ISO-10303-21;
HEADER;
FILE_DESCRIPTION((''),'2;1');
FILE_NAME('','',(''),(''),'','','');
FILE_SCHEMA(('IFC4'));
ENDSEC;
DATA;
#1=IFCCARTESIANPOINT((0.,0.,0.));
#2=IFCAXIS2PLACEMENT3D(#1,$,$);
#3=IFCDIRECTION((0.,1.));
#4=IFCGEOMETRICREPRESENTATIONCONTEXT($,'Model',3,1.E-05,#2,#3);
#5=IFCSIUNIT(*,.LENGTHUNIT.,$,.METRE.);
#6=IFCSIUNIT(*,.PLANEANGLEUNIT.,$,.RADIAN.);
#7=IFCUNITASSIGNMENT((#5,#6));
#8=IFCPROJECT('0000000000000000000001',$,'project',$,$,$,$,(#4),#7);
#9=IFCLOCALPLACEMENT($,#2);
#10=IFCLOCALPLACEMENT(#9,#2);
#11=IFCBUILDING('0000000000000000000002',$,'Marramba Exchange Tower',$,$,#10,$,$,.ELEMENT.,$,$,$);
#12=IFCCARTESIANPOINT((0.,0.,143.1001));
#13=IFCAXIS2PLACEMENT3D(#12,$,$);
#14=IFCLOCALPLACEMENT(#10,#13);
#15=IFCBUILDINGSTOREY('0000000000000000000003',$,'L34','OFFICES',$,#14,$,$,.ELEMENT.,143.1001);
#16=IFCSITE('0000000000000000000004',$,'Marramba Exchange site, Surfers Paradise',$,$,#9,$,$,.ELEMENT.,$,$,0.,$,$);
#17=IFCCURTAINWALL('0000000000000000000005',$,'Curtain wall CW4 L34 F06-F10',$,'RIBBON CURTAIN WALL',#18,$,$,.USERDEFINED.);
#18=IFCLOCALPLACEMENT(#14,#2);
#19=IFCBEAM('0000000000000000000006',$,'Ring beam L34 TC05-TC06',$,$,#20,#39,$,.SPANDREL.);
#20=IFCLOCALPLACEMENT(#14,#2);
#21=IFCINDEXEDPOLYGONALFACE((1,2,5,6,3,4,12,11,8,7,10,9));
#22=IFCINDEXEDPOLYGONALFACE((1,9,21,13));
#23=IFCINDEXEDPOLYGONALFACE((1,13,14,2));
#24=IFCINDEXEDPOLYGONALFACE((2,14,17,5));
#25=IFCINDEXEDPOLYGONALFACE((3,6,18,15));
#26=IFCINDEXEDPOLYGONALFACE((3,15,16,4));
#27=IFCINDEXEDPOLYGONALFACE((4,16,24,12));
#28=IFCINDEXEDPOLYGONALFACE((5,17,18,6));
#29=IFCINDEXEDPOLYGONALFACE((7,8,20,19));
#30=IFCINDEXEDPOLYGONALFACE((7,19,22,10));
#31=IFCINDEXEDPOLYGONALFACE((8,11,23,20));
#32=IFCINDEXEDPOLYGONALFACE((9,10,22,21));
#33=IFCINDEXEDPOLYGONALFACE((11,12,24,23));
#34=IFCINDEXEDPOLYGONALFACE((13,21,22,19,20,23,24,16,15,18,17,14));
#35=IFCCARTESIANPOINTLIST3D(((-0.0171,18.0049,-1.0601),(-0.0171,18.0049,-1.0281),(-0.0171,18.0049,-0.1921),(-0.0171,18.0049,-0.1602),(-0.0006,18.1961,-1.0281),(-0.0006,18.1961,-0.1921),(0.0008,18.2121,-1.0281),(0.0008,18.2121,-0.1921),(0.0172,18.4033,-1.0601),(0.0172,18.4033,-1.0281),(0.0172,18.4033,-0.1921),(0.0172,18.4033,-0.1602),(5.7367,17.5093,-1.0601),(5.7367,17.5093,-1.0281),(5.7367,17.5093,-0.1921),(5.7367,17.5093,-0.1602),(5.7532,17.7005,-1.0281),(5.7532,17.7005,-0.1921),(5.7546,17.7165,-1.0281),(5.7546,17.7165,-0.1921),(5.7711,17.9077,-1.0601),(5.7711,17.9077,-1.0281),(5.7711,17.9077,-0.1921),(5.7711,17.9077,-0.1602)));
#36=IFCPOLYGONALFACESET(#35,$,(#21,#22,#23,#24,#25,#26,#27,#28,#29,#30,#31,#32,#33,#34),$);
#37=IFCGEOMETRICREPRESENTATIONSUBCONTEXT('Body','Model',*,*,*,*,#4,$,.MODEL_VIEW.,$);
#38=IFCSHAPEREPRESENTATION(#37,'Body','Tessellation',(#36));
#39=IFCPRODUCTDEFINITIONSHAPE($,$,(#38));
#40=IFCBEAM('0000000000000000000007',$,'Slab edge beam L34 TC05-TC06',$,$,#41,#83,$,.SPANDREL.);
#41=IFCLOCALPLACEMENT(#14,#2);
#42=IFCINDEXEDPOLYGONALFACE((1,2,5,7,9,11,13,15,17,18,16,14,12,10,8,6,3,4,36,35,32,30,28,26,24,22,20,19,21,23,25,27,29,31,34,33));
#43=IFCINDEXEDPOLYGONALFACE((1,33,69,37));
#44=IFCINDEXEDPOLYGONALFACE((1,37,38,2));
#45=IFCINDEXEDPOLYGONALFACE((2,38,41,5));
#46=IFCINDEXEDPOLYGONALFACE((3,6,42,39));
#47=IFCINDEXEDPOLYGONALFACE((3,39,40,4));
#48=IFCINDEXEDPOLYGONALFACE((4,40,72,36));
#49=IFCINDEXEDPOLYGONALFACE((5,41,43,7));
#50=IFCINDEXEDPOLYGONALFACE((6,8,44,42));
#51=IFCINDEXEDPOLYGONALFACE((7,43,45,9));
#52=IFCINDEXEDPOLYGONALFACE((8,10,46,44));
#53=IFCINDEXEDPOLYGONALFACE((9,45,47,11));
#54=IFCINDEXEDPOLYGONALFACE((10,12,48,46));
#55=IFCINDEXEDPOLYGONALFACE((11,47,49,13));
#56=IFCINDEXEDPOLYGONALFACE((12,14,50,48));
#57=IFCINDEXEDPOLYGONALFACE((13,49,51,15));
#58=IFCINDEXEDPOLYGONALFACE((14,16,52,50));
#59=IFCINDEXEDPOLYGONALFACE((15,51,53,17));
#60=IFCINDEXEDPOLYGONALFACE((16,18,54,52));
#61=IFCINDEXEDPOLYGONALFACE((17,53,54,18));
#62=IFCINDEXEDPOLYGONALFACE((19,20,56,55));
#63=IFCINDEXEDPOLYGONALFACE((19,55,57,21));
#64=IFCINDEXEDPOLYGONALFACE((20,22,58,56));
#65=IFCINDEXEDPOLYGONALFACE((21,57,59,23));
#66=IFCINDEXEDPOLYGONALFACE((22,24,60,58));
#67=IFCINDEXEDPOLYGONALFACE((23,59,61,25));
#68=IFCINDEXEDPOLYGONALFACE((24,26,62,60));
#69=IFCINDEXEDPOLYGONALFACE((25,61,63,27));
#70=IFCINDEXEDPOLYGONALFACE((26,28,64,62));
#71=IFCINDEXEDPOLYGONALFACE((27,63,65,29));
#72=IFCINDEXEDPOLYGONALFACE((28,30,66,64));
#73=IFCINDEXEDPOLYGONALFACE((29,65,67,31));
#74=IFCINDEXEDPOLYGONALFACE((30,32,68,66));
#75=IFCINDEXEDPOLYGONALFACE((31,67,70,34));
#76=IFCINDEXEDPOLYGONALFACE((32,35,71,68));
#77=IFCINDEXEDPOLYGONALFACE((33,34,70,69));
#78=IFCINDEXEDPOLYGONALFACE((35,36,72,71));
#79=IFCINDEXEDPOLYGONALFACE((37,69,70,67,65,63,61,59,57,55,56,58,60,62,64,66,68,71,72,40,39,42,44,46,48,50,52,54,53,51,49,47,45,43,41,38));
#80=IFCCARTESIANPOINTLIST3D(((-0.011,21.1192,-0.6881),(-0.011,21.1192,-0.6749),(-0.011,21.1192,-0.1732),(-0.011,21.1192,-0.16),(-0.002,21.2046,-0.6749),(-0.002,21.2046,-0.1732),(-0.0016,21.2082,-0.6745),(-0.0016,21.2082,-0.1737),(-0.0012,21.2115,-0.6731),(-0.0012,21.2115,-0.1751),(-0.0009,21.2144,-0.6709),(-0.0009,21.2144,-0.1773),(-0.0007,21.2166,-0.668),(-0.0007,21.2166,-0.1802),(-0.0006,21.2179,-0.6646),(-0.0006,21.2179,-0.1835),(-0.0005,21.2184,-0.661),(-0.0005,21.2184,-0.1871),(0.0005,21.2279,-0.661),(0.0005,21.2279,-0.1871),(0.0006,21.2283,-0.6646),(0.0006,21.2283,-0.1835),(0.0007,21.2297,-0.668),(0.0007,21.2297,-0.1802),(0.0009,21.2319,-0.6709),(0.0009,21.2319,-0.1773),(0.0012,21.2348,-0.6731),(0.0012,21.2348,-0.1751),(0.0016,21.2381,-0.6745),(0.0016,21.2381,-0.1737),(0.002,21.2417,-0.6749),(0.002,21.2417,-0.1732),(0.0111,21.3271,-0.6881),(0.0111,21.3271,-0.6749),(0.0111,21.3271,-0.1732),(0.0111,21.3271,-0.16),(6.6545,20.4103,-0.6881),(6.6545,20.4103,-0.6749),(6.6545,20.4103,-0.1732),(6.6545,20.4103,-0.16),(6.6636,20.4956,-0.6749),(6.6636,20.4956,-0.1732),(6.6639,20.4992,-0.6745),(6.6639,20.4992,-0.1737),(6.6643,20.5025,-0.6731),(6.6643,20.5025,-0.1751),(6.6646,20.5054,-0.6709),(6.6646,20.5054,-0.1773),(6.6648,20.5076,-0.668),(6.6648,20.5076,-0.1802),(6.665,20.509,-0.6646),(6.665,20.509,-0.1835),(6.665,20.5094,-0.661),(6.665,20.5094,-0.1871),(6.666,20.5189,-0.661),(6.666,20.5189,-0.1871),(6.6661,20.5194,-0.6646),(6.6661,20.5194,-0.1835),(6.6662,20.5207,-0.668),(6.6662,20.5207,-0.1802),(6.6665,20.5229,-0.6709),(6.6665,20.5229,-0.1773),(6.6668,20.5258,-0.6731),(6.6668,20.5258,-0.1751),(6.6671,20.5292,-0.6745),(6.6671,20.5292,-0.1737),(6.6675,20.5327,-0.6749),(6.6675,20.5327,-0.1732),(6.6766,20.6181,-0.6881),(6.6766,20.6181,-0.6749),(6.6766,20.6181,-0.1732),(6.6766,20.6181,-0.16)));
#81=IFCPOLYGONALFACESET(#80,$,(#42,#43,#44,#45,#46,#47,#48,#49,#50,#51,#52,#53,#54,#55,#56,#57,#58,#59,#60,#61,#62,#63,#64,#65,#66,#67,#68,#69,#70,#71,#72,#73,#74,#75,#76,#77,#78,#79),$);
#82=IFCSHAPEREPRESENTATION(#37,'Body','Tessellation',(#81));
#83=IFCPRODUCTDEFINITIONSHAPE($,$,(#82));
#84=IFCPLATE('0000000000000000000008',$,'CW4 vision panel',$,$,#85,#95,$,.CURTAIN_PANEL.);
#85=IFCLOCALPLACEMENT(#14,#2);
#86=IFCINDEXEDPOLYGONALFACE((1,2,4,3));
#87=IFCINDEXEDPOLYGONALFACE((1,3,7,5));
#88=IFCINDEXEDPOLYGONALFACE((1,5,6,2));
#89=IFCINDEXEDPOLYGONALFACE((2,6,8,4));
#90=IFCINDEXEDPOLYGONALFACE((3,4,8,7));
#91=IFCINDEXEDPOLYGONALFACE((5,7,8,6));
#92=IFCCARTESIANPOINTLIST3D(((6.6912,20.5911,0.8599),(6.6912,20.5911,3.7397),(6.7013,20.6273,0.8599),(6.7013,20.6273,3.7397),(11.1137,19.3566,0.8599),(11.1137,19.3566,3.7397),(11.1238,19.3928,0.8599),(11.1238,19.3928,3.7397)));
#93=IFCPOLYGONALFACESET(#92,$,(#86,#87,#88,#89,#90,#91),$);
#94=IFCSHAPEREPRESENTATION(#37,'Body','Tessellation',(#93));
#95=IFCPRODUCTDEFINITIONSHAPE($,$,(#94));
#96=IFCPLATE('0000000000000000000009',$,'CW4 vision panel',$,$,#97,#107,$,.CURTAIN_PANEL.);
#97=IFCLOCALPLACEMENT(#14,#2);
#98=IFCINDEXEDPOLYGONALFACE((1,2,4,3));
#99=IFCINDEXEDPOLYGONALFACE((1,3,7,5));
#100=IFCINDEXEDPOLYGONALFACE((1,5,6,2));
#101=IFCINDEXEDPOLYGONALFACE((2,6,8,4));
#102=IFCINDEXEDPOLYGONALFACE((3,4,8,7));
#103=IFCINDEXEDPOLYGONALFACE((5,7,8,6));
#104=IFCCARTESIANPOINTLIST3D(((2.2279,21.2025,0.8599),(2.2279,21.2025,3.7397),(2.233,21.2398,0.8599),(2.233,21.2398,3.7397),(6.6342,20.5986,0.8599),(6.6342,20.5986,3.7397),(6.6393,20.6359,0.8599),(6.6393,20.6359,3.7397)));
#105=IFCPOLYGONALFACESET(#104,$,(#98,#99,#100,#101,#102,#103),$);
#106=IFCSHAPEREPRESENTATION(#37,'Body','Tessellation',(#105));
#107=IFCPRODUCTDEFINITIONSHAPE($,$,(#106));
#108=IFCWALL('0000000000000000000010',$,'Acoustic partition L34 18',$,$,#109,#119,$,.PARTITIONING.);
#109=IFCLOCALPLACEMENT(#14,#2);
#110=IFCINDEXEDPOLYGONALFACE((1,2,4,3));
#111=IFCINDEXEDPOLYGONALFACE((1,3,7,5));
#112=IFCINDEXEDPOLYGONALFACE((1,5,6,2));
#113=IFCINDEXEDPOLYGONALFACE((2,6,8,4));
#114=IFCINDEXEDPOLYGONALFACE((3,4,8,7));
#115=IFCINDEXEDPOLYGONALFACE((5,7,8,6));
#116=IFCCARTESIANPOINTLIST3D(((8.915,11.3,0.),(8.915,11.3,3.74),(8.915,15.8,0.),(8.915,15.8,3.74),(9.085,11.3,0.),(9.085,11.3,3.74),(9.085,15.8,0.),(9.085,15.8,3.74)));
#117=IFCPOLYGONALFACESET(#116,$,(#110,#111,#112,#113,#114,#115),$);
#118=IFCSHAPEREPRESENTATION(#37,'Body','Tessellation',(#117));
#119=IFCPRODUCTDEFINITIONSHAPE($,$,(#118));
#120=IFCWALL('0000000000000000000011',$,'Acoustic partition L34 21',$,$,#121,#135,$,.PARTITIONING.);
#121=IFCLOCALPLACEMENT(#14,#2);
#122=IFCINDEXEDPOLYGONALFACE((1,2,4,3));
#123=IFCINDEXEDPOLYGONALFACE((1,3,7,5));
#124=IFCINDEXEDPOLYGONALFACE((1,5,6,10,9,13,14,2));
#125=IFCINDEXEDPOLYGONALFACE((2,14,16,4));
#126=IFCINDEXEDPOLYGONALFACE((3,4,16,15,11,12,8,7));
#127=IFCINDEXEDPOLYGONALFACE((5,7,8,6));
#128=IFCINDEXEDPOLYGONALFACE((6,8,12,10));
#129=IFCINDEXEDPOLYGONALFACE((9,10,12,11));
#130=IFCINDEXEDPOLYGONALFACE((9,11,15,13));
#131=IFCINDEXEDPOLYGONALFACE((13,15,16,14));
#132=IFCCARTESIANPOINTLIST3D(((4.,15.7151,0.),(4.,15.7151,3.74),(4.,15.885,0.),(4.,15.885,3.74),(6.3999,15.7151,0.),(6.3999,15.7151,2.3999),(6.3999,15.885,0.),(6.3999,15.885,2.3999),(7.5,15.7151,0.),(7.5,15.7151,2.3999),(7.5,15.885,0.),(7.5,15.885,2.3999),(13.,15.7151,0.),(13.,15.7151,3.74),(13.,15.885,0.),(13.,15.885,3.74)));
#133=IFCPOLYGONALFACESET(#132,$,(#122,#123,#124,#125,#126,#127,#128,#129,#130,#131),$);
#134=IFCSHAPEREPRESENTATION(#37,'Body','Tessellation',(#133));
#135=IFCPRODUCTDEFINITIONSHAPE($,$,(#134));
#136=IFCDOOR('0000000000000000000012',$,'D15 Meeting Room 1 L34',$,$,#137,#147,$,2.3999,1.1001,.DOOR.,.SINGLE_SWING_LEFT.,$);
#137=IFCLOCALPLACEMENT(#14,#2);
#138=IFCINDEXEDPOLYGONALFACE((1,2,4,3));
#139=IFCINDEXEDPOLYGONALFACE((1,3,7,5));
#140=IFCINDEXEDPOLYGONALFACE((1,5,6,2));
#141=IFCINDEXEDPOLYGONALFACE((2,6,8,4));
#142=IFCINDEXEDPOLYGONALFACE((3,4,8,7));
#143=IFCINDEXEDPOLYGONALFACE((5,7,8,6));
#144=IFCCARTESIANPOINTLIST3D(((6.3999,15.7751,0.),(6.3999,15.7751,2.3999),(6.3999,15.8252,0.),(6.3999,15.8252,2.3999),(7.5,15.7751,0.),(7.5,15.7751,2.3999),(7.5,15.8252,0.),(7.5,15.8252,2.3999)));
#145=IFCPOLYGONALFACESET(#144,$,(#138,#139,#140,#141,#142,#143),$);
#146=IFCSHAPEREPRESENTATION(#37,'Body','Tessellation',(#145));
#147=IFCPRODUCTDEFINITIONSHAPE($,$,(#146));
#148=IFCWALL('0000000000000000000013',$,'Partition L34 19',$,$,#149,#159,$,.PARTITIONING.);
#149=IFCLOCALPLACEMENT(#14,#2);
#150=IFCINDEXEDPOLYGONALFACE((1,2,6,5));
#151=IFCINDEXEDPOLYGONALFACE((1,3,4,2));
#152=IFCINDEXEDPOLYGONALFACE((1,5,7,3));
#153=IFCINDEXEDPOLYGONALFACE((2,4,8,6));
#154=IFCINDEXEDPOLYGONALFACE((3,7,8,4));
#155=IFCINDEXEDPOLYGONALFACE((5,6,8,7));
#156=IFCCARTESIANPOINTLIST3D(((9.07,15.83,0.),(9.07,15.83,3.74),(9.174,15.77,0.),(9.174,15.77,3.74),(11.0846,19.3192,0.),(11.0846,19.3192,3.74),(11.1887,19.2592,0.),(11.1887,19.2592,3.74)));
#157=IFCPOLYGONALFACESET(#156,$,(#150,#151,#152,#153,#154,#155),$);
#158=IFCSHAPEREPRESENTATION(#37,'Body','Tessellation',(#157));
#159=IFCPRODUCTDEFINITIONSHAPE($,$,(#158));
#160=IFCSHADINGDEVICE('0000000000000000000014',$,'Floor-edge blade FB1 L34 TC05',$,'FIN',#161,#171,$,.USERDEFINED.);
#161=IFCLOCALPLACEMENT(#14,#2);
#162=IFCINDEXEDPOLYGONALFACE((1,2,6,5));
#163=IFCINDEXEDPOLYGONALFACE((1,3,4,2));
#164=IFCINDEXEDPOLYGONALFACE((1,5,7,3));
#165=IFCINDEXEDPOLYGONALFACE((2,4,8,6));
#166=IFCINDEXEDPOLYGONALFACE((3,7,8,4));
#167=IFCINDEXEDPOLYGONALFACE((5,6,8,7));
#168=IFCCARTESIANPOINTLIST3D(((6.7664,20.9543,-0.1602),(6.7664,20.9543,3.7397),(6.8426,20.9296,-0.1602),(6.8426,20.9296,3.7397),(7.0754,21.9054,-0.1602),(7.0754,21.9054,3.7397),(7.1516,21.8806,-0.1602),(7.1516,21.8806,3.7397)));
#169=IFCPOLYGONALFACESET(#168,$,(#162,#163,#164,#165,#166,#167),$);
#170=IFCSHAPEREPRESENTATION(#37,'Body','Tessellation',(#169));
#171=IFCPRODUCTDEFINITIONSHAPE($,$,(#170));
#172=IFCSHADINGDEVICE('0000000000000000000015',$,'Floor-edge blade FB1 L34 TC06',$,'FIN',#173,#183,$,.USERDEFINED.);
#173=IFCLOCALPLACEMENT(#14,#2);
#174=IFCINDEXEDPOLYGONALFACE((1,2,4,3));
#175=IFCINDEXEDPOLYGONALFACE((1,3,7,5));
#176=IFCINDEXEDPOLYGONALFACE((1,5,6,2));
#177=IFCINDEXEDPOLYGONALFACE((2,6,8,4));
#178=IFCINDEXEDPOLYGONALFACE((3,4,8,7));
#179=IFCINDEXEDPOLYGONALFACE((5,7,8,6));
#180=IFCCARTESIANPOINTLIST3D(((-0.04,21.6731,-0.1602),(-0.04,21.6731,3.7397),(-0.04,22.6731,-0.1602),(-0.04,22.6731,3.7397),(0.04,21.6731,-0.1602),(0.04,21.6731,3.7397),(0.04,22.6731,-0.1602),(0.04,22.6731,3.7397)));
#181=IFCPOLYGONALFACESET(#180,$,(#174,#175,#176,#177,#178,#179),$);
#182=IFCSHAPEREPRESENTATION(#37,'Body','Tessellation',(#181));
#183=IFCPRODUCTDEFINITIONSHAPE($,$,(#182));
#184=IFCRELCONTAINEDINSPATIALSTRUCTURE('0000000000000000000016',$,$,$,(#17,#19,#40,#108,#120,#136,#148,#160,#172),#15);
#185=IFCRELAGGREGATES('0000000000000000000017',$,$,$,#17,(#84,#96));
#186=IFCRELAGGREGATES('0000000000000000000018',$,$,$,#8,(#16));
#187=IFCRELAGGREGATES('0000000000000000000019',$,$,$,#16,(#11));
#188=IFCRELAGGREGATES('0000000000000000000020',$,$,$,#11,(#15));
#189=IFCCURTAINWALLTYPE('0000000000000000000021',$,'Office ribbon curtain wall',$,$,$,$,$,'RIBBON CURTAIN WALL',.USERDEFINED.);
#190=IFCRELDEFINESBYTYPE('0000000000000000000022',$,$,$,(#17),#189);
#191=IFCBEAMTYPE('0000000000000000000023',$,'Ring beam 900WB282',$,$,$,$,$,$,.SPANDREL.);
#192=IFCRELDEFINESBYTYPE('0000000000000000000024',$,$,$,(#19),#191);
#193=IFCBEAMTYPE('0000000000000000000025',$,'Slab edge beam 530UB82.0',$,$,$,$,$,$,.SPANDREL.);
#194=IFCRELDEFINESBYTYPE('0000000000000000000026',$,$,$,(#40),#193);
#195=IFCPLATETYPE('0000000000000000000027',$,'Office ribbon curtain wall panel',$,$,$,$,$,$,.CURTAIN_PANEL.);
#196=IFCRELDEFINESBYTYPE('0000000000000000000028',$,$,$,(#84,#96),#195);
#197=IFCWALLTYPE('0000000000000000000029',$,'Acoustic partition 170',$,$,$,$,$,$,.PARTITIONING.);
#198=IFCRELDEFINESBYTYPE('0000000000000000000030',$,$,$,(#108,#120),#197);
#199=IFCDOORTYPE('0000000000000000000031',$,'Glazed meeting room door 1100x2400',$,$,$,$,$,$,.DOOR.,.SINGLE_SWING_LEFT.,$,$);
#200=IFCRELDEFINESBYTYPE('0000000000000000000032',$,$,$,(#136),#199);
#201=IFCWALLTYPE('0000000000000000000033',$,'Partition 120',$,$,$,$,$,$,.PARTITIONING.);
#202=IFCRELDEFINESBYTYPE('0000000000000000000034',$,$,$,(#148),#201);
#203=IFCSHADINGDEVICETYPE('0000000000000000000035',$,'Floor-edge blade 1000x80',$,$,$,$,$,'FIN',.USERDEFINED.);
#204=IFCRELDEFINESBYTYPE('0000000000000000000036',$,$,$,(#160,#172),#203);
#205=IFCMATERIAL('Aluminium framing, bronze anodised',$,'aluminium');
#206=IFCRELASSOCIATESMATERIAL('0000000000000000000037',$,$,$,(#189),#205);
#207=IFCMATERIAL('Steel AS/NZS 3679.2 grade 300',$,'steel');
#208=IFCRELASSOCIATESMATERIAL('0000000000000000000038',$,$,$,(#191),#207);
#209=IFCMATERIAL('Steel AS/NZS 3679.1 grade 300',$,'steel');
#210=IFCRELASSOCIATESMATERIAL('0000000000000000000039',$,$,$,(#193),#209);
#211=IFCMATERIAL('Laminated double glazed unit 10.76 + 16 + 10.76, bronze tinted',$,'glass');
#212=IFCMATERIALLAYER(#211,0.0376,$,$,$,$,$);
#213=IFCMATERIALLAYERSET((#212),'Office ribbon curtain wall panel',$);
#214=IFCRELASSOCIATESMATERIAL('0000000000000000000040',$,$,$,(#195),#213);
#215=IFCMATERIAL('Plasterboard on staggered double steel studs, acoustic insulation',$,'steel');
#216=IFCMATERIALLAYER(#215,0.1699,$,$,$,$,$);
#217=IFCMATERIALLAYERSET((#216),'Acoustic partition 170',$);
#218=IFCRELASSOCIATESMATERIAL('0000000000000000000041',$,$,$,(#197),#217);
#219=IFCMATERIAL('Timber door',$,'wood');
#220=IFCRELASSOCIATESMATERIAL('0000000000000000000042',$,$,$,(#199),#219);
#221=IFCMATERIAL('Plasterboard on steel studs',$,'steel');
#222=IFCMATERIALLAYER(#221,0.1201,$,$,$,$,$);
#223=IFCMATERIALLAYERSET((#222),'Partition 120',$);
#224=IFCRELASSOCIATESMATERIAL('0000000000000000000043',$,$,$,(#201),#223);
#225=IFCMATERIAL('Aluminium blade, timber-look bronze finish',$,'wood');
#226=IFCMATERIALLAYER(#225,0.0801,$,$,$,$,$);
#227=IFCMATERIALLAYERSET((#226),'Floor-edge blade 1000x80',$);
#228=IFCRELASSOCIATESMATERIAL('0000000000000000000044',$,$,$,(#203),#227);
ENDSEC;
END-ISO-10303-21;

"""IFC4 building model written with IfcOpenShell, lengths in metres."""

from ifc_helpers import new_model, si_unit, direction, frame, frame_2d, origin, origin_2d, place, context, subcontext, project, spatial, rectangle, i_section, extrude, material, layer, layer_set, material_profile, profile_set, type_object, element, fill, aggregate, save


model = new_model("IFC4")

# Units and contexts
model_context = context("Model", 3, precision=1e-05, world=origin(), true_north=direction((0.0, 1.0)))
body_context = subcontext(model_context, "Body", "Model", "MODEL_VIEW")
ifc_project = project(units=[si_unit("LENGTHUNIT", "METRE"), si_unit("PLANEANGLEUNIT", "RADIAN")], contexts=[model_context])

# Site, building, storey
site_placement = place(None, origin())
site = spatial("IfcSite", under=ifc_project, at=site_placement, Name="Marramba Exchange site, Surfers Paradise", CompositionType="ELEMENT", RefElevation=0.0)
building_placement = place(site_placement, origin())
building = spatial("IfcBuilding", under=site, at=building_placement, Name="Marramba Exchange Tower", CompositionType="ELEMENT")
storey_placement = place(building_placement, frame((0.0, 0.0, 143.1001)))
storey = spatial("IfcBuildingStorey", under=building, at=storey_placement, Name="L34", Description="OFFICES", CompositionType="ELEMENT", Elevation=143.1001)

# Shared definitions
ifc_material_1 = material(Name="Steel AS/NZS 3679.2 grade 300", Category="steel")

# Curtain wall
ifc_material_2 = material(Name="Aluminium framing, bronze anodised", Category="aluminium")
curtain_wall_type = type_object("IfcCurtainWallType", Name="Office ribbon curtain wall", ElementType="RIBBON CURTAIN WALL", PredefinedType="USERDEFINED", material=ifc_material_2)
curtain_wall_placement = place(storey_placement, origin())
curtain_wall = element("IfcCurtainWall", 1, at=curtain_wall_placement, inside=storey, type_object=curtain_wall_type, Name="Curtain wall CW4 L34 F06-F10", ObjectType="RIBBON CURTAIN WALL", PredefinedType="USERDEFINED")

# Beams
ifc_material_profile_1 = material_profile(ifc_material_1, i_section(OverallWidth=0.3999, OverallDepth=0.8999, WebThickness=0.0161, FlangeThickness=0.032, at=origin_2d()), Name="900WB282")
ifc_profile_set_1 = profile_set([ifc_material_profile_1], Name="Steel AS/NZS 3679.2 grade 300")
beam_type_1 = type_object("IfcBeamType", Name="Ring beam 900WB282", PredefinedType="SPANDREL", material=ifc_profile_set_1)
beam_1_placement = place(storey_placement, frame((5.7539, 17.7085, -0.6101), z_axis=(-0.996311, 0.085816, 0.0), x_axis=(-0.085816, -0.996311, 0.0)))
element("IfcBeam", 2, at=beam_1_placement, inside=storey, type_object=beam_type_1, Name="Ring beam L34 TC05-TC06", PredefinedType="SPANDREL", context=body_context, shape_type="SweptSolid", body=[
    extrude(i_section(OverallWidth=0.3999, OverallDepth=0.8999, WebThickness=0.0161, FlangeThickness=0.032, at=origin_2d()), origin(), (0.0, 0.0, 1.0), 5.7751),
])
ifc_material_3 = material(Name="Steel AS/NZS 3679.1 grade 300", Category="steel")
ifc_material_profile_2 = material_profile(ifc_material_3, i_section(OverallWidth=0.209, OverallDepth=0.5281, WebThickness=0.0095, FlangeThickness=0.0132, FilletRadius=0.0139, at=origin_2d()), Name="530UB82.0")
ifc_profile_set_2 = profile_set([ifc_material_profile_2], Name="Steel AS/NZS 3679.1 grade 300")
beam_type_2 = type_object("IfcBeamType", Name="Slab edge beam 530UB82.0", PredefinedType="SPANDREL", material=ifc_profile_set_2)
beam_2_placement = place(storey_placement, frame((6.6655, 20.5142, -0.4241), z_axis=(-0.994391, 0.105769, 0.0), x_axis=(-0.105769, -0.994391, 0.0)))
element("IfcBeam", 3, at=beam_2_placement, inside=storey, type_object=beam_type_2, Name="Slab edge beam L34 TC05-TC06", PredefinedType="SPANDREL", context=body_context, shape_type="SweptSolid", body=[
    extrude(i_section(OverallWidth=0.209, OverallDepth=0.5281, WebThickness=0.0095, FlangeThickness=0.0132, FilletRadius=0.0139, at=origin_2d()), origin(), (0.0, 0.0, 1.0), 6.7031),
])

# Plates
ifc_material_4 = material(Name="Laminated double glazed unit 10.76 + 16 + 10.76, bronze tinted", Category="glass")
ifc_layer_1 = layer(ifc_material_4, 0.0376)
ifc_layer_set_1 = layer_set([ifc_layer_1], Name="Office ribbon curtain wall panel")
plate_type = type_object("IfcPlateType", Name="Office ribbon curtain wall panel", PredefinedType="CURTAIN_PANEL", material=ifc_layer_set_1)
plate_1_placement = place(storey_placement, frame((8.9075, 19.9919, 0.8599), z_axis=(0.0, 0.0, 1.0), x_axis=(-0.963178, 0.268865, 0.0)))
plate_1 = element("IfcPlate", 4, at=plate_1_placement, type_object=plate_type, Name="CW4 vision panel", PredefinedType="CURTAIN_PANEL", context=body_context, shape_type="SweptSolid", body=[
    extrude(rectangle(XDim=4.5916, YDim=0.0376, at=origin_2d()), origin(), (0.0, 0.0, 1.0), 2.8799),
])
plate_2_placement = place(storey_placement, frame((4.4336, 20.9192, 0.8599), z_axis=(0.0, 0.0, 1.0), x_axis=(-0.990738, 0.135786, 0.0)))
plate_2 = element("IfcPlate", 5, at=plate_2_placement, type_object=plate_type, Name="CW4 vision panel", PredefinedType="CURTAIN_PANEL", context=body_context, shape_type="SweptSolid", body=[
    extrude(rectangle(XDim=4.4475, YDim=0.0376, at=origin_2d()), origin(), (0.0, 0.0, 1.0), 2.8799),
])
aggregate(curtain_wall, [plate_1, plate_2])

# Wall
ifc_material_5 = material(Name="Plasterboard on staggered double steel studs, acoustic insulation", Category="steel")
ifc_layer_2 = layer(ifc_material_5, 0.1699)
ifc_layer_set_2 = layer_set([ifc_layer_2], Name="Acoustic partition 170")
wall_type_1 = type_object("IfcWallType", Name="Acoustic partition 170", PredefinedType="PARTITIONING", material=ifc_layer_set_2)
wall_1_placement = place(storey_placement, frame((9.0, 15.8, 0.0), z_axis=(0.0, 0.0, 1.0), x_axis=(0.0, -1.0, 0.0)))
element("IfcWall", 6, at=wall_1_placement, inside=storey, type_object=wall_type_1, Name="Acoustic partition L34 18", PredefinedType="PARTITIONING", context=body_context, shape_type="SweptSolid", body=[
    extrude(rectangle(XDim=4.5, YDim=0.1699, at=frame_2d((2.25, 0.0))), origin(), (0.0, 0.0, 1.0), 3.74),
])

# Wall, opening, door
wall_2_placement = place(storey_placement, frame((13.0, 15.8, 0.0), z_axis=(0.0, 0.0, 1.0), x_axis=(-1.0, 0.0, 0.0)))
wall_2 = element("IfcWall", 7, at=wall_2_placement, inside=storey, type_object=wall_type_1, Name="Acoustic partition L34 21", PredefinedType="PARTITIONING", context=body_context, shape_type="SweptSolid", body=[
    extrude(rectangle(XDim=9.0, YDim=0.1699, at=frame_2d((4.5, 0.0))), origin(), (0.0, 0.0, 1.0), 3.74),
])
opening_placement = place(wall_2_placement, frame((5.5, 0.0, 0.0)))
opening = element("IfcOpeningElement", 8, at=opening_placement, cuts=wall_2, PredefinedType="OPENING", context=body_context, shape_type="SweptSolid", body=[
    extrude(rectangle(XDim=1.1001, YDim=2.3999, at=frame_2d((0.55, 1.2))), frame((0.0, 0.095, 0.0), z_axis=(0.0, -1.0, 0.0), x_axis=(1.0, 0.0, 0.0)), (0.0, 0.0, 1.0), 0.1899),
])
ifc_material_6 = material(Name="Timber door", Category="wood")
door_type = type_object("IfcDoorType", Name="Glazed meeting room door 1100x2400", OperationType="SINGLE_SWING_LEFT", PredefinedType="DOOR", material=ifc_material_6)
door_placement = place(opening_placement, origin())
door = element("IfcDoor", 9, at=door_placement, inside=storey, type_object=door_type, Name="D15 Meeting Room 1 L34", OperationType="SINGLE_SWING_LEFT", OverallHeight=2.3999, OverallWidth=1.1001, PredefinedType="DOOR", context=body_context, shape_type="SweptSolid", body=[
    extrude(rectangle(XDim=1.1001, YDim=2.3999, at=frame_2d((0.55, 1.2))), frame((0.0, 0.0249, 0.0), z_axis=(0.0, -1.0, 0.0), x_axis=(1.0, 0.0, 0.0)), (0.0, 0.0, 1.0), 0.05),
])
fill(opening, door)

# Wall
ifc_material_7 = material(Name="Plasterboard on steel studs", Category="steel")
ifc_layer_3 = layer(ifc_material_7, 0.1201)
ifc_layer_set_3 = layer_set([ifc_layer_3], Name="Partition 120")
wall_type_2 = type_object("IfcWallType", Name="Partition 120", PredefinedType="PARTITIONING", material=ifc_layer_set_3)
wall_3_placement = place(storey_placement, frame((11.1367, 19.2893, 0.0), z_axis=(0.0, 0.0, 1.0), x_axis=(-0.500023, -0.866012, 0.0)))
element("IfcWall", 10, at=wall_3_placement, inside=storey, type_object=wall_type_2, Name="Partition L34 19", PredefinedType="PARTITIONING", context=body_context, shape_type="SweptSolid", body=[
    extrude(rectangle(XDim=4.0291, YDim=0.1201, at=frame_2d((2.0146, 0.0))), origin(), (0.0, 0.0, 1.0), 3.74),
])

# Shading devices
ifc_material_8 = material(Name="Aluminium blade, timber-look bronze finish", Category="wood")
ifc_layer_4 = layer(ifc_material_8, 0.0801)
ifc_layer_set_4 = layer_set([ifc_layer_4], Name="Floor-edge blade 1000x80")
shading_device_type_1 = type_object("IfcShadingDeviceType", Name="Floor-edge blade 1000x80", ElementType="FIN", PredefinedType="USERDEFINED", material=ifc_layer_set_4)
for number, where, z_axis, x_axis, name in (
    (11, (6.959, 21.4175, -0.1602), (0.0, 0.0, 1.0), (0.309017, 0.951057, 0.0), "Floor-edge blade FB1 L34 TC05"),
    (12, (0.0, 22.1731, -0.1602), (0.0, 0.0, 1.0), (0.0, 1.0, 0.0), "Floor-edge blade FB1 L34 TC06"),
):
    element("IfcShadingDevice", number, at=place(storey_placement, frame(where, z_axis=z_axis, x_axis=x_axis)), inside=storey, type_object=shading_device_type_1, Name=name, ObjectType="FIN", PredefinedType="USERDEFINED", context=body_context, shape_type="SweptSolid", body=[
        extrude(rectangle(XDim=1.0, YDim=0.0801, at=origin_2d()), origin(), (0.0, 0.0, 1.0), 3.8999),
    ])

save(model, "model.ifc")
